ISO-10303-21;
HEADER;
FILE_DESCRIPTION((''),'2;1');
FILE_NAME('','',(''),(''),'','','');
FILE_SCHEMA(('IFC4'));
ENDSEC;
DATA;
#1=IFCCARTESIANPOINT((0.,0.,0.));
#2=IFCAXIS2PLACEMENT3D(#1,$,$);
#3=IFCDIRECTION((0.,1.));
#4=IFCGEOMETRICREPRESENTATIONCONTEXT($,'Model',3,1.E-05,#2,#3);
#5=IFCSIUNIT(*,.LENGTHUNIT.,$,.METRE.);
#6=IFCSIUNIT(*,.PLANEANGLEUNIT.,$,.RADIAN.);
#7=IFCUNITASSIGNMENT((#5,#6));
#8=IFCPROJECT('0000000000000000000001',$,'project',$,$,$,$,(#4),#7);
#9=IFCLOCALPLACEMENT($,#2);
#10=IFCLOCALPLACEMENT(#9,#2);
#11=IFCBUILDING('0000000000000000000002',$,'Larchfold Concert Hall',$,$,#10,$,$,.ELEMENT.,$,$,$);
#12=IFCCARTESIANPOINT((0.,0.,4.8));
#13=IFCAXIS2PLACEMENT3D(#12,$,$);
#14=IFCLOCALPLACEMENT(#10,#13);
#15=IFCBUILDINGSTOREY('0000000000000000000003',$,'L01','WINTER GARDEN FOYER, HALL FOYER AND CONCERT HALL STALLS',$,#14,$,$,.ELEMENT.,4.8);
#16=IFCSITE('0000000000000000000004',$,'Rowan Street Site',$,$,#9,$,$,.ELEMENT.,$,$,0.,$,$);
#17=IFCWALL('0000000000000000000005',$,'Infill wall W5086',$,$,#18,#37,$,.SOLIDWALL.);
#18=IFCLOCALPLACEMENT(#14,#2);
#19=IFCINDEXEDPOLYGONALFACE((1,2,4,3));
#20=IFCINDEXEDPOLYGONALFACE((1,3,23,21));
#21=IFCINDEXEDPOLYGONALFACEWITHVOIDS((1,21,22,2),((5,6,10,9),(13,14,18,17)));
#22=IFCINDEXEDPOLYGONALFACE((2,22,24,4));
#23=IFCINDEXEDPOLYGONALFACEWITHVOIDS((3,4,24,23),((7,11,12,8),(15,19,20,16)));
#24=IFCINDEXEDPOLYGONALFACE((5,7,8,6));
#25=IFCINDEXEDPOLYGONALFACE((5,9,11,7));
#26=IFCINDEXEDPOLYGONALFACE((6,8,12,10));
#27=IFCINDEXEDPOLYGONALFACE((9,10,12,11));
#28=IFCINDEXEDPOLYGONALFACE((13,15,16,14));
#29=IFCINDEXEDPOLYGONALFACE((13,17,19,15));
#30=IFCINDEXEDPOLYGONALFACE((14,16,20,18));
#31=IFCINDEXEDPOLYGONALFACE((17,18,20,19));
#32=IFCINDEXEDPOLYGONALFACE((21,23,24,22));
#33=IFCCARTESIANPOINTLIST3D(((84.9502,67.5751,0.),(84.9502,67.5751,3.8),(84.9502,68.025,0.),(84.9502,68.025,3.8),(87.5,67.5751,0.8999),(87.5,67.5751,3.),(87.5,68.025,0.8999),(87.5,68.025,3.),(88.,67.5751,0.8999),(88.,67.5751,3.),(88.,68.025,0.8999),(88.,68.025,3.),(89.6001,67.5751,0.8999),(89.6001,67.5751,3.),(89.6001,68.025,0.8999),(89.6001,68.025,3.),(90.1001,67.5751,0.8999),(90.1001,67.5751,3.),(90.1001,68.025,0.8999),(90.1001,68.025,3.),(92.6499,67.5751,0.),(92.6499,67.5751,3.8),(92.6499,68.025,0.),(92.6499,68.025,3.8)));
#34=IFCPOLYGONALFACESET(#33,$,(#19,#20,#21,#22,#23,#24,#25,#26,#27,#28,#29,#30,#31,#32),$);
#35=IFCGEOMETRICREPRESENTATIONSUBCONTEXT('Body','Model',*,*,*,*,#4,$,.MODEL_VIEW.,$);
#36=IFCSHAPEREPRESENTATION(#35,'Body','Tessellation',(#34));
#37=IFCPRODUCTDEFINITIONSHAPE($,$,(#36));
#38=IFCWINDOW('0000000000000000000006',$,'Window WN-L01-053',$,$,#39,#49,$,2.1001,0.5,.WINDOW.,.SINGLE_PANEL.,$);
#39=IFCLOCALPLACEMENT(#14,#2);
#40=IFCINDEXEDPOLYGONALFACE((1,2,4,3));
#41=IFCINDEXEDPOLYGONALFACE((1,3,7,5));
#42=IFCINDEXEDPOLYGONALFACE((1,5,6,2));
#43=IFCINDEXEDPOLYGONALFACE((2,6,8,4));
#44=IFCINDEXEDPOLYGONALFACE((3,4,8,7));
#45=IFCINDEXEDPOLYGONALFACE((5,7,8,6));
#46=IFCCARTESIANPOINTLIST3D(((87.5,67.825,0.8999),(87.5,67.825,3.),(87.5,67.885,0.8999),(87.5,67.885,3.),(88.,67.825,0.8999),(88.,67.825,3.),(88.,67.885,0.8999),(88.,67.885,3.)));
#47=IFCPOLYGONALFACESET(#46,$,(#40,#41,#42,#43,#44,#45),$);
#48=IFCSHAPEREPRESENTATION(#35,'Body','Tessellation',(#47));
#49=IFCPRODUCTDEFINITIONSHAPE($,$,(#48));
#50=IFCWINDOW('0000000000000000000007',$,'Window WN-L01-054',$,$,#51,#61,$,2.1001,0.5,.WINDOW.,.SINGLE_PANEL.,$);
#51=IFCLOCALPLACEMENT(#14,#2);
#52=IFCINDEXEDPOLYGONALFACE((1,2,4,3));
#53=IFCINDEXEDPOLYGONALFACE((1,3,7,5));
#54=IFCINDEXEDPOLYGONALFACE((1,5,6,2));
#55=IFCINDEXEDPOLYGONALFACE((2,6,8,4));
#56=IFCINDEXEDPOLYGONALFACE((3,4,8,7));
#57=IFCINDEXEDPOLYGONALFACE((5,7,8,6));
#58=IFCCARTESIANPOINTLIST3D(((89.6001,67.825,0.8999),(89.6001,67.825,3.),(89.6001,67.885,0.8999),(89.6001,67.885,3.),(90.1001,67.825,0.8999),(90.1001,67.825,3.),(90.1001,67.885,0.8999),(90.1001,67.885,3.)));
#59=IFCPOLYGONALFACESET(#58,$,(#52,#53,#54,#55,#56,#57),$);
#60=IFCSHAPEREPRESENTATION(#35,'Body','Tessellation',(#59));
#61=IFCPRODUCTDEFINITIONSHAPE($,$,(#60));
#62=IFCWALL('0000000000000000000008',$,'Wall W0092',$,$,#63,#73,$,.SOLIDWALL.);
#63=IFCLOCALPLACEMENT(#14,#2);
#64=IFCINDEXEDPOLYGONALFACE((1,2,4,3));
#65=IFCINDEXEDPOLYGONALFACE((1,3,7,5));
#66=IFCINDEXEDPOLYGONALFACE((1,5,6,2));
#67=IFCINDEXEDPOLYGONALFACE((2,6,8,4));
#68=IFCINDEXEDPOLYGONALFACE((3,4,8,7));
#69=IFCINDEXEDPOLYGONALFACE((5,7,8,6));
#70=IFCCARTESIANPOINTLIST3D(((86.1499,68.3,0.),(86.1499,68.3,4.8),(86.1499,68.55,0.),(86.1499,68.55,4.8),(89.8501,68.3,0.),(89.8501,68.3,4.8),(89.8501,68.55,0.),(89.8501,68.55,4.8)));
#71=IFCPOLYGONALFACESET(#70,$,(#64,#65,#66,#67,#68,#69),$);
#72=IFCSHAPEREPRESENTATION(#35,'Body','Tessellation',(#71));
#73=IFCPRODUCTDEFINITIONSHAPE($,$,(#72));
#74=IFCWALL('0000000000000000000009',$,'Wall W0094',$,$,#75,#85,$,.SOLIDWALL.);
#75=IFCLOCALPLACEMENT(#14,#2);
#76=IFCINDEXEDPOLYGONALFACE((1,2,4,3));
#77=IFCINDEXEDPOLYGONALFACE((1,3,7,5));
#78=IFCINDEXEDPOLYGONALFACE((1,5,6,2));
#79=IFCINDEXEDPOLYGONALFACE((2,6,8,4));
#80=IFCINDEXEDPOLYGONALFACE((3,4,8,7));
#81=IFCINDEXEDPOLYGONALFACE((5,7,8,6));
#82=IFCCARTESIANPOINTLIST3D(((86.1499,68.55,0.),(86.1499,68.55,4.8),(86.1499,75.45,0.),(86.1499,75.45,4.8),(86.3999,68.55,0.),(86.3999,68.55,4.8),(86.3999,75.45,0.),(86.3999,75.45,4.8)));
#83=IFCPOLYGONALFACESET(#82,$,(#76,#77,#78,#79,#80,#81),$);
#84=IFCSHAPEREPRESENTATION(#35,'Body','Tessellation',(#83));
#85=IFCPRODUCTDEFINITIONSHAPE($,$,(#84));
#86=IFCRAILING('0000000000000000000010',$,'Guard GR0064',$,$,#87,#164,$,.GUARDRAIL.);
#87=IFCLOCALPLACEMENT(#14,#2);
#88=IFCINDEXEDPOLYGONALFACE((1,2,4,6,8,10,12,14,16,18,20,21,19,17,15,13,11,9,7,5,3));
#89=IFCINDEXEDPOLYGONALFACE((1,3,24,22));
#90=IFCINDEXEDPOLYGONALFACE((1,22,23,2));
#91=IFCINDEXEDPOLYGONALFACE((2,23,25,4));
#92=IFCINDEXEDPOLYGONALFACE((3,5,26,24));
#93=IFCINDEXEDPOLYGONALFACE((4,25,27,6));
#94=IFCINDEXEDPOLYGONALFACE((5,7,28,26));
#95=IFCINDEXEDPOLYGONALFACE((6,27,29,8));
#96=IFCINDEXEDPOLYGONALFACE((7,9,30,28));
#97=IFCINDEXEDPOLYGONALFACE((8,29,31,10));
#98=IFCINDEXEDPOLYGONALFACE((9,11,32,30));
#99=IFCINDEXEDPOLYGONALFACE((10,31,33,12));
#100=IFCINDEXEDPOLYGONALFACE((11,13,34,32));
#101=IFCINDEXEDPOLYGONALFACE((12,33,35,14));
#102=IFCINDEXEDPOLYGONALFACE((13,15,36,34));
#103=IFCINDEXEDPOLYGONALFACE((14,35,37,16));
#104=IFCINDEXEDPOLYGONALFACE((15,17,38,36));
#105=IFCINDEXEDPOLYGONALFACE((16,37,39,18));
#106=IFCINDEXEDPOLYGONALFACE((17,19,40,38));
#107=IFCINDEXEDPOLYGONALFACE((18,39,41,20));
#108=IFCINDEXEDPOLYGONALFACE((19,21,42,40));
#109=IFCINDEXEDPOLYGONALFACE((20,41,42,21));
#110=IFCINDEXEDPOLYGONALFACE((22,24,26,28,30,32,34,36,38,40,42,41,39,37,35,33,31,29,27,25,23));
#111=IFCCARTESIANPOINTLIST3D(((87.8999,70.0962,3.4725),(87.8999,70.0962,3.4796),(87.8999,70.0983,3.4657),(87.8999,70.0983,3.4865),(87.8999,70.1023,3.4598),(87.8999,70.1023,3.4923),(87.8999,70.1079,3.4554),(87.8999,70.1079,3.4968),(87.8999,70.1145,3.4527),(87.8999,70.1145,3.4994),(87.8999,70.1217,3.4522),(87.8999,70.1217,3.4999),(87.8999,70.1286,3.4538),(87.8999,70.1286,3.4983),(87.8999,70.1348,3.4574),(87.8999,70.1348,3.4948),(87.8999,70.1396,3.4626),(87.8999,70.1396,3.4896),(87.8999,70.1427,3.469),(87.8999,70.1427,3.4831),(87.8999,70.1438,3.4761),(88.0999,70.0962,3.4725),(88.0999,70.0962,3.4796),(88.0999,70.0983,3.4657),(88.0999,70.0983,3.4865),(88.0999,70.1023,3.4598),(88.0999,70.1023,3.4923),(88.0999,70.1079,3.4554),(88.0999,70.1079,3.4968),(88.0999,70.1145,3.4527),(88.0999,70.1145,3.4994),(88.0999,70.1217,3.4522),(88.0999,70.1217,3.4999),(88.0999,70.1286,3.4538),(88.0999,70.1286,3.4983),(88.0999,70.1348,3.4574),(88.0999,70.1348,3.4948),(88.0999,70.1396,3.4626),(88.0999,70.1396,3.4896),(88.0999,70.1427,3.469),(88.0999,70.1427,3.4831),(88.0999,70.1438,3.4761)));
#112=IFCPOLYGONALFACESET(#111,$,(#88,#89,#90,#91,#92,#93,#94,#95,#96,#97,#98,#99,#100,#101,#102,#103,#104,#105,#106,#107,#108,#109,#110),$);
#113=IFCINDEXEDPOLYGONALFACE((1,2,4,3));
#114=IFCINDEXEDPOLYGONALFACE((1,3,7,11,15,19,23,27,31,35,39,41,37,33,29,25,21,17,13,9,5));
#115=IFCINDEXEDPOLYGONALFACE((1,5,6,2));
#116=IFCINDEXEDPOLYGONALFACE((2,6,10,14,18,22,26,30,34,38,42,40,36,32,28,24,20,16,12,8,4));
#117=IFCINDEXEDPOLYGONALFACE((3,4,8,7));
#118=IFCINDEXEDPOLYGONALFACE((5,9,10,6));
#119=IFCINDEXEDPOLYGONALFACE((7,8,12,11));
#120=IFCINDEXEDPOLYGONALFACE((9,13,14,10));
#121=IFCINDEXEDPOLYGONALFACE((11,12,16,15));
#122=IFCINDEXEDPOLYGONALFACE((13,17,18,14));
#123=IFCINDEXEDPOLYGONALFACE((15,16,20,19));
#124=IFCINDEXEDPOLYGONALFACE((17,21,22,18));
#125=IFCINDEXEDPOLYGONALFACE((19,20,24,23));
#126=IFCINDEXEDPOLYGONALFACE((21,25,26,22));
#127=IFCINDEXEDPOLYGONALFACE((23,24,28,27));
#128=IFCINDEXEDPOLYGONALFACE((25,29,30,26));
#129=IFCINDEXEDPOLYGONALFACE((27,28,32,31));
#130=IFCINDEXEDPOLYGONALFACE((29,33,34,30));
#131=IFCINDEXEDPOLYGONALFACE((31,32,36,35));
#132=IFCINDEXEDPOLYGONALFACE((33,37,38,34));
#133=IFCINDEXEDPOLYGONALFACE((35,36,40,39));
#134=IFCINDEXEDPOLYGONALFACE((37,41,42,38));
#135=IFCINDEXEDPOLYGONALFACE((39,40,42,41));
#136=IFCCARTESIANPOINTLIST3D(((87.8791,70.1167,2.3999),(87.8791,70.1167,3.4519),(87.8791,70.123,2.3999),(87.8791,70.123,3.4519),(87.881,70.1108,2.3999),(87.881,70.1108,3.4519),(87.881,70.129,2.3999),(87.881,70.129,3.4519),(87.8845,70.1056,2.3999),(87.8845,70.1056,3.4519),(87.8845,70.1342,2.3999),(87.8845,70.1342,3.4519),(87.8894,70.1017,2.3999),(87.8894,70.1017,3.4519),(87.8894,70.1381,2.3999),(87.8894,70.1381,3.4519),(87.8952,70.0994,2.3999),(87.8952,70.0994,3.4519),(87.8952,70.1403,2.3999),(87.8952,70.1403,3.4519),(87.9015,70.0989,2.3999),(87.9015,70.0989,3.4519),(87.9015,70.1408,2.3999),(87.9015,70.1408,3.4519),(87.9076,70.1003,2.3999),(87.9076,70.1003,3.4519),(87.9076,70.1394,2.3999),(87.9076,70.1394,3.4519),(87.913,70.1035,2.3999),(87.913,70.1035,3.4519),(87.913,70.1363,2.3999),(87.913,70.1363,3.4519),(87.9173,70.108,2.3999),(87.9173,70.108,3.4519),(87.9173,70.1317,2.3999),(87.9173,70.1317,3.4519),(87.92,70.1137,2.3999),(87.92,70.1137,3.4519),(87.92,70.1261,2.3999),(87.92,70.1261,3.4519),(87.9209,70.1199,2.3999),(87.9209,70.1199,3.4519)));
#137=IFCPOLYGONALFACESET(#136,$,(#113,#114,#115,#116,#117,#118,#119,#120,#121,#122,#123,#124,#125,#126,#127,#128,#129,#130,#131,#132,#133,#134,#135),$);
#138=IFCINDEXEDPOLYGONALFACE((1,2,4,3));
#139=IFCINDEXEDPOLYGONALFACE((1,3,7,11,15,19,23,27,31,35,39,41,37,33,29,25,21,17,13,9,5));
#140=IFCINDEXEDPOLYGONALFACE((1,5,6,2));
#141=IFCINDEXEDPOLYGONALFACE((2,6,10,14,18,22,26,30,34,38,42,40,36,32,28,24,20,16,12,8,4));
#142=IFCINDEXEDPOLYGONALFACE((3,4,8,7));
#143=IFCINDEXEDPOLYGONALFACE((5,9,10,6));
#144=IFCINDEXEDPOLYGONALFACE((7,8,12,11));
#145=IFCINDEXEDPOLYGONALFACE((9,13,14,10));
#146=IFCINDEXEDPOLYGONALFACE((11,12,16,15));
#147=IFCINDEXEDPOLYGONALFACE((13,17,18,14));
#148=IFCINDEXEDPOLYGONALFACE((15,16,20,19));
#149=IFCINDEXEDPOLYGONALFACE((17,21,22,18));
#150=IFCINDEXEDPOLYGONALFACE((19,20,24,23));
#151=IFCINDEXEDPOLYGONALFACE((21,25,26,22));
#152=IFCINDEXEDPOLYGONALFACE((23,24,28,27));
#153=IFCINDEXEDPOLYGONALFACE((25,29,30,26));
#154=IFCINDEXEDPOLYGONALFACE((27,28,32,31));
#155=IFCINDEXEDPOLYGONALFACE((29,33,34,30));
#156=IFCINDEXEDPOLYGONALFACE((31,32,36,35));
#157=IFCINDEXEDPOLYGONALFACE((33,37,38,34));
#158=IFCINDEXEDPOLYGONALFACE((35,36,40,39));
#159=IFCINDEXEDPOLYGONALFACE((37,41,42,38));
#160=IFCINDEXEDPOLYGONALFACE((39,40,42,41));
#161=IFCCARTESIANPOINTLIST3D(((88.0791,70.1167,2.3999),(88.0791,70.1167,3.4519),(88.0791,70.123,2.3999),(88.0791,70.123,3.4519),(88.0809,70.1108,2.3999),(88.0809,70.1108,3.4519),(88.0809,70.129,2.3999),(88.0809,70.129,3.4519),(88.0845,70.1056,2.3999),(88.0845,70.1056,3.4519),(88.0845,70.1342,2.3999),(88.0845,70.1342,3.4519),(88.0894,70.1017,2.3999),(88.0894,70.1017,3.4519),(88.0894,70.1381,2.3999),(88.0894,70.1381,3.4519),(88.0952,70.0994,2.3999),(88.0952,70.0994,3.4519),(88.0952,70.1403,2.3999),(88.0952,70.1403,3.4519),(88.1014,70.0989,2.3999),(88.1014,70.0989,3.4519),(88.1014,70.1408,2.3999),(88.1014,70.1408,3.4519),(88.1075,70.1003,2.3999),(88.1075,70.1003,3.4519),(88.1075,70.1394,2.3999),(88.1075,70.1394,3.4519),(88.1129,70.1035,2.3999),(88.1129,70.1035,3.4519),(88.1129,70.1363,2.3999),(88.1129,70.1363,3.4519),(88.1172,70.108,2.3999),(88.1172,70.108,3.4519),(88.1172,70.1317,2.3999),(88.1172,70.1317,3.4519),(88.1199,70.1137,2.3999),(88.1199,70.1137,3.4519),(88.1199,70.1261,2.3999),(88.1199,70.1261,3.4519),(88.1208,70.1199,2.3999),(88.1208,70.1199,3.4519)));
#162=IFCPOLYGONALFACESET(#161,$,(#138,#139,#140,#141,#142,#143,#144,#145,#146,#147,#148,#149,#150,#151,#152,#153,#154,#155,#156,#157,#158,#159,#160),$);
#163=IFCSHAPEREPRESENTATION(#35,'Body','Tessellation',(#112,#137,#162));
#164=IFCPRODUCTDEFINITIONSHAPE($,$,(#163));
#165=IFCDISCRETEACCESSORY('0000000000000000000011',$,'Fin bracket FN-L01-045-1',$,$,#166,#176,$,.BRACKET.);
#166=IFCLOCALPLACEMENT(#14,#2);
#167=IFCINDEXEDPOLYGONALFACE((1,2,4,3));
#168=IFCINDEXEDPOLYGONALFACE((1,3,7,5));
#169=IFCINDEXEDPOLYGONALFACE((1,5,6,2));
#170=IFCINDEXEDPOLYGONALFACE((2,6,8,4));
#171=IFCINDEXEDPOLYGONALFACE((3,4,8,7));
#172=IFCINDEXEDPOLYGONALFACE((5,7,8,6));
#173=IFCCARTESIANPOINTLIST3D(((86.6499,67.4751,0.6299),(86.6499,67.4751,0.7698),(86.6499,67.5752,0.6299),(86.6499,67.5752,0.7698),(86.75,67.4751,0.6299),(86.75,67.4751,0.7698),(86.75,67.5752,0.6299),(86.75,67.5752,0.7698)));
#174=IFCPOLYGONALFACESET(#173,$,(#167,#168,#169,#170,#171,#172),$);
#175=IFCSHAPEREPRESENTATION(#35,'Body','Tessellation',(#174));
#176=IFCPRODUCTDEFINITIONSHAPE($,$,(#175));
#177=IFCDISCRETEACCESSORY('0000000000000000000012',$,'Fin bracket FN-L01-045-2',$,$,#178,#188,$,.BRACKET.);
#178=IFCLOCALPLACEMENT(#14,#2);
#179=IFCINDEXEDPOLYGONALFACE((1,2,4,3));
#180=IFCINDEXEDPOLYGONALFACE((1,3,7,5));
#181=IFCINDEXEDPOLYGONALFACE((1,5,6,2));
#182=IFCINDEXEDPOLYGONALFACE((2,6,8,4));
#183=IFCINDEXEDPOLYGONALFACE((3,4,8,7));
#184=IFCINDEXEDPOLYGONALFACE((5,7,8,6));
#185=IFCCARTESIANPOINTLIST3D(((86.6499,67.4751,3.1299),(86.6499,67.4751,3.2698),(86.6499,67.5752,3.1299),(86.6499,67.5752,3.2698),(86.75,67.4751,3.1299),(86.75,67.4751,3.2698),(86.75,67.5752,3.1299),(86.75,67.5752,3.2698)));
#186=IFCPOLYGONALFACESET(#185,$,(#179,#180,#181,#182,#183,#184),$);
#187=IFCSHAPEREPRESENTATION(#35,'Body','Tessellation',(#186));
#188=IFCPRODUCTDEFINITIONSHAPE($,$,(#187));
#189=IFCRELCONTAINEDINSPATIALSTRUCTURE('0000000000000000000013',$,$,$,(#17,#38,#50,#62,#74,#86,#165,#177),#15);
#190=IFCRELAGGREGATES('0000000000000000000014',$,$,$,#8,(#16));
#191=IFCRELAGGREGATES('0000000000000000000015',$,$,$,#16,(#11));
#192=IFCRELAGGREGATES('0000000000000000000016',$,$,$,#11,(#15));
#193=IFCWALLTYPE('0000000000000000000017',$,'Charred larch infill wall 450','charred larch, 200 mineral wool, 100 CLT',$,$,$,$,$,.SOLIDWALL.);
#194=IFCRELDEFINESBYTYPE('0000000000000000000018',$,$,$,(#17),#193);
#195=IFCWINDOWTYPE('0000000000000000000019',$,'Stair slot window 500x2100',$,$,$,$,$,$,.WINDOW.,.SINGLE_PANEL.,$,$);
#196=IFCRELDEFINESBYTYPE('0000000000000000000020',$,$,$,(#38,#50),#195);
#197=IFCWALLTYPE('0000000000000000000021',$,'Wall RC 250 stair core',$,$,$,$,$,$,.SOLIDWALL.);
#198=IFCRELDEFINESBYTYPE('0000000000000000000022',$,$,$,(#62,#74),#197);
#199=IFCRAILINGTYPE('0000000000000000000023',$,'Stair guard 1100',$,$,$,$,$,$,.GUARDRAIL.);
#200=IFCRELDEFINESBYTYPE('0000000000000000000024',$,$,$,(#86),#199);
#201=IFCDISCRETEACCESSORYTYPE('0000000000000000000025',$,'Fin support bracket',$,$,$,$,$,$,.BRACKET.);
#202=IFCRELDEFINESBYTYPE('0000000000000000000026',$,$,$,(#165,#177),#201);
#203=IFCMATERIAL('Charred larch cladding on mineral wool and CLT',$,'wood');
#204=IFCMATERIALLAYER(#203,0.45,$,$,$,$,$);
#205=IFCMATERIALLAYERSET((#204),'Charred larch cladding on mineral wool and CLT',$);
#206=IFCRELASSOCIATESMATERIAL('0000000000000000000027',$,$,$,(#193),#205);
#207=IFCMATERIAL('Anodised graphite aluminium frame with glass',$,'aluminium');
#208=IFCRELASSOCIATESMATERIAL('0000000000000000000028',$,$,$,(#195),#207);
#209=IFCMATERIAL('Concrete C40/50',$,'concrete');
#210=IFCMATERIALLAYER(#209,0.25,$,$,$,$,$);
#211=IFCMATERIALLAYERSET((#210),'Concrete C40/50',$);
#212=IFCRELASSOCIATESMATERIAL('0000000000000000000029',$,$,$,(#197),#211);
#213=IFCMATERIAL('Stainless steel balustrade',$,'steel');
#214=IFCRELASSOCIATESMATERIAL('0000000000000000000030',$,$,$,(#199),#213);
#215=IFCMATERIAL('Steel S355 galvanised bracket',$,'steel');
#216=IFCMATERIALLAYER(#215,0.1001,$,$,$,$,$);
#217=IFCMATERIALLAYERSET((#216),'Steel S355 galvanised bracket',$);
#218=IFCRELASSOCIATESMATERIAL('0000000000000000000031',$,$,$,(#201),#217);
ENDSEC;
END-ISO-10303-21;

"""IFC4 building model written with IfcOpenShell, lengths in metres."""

from ifc_helpers import new_model, si_unit, direction, frame, frame_2d, origin, origin_2d, place, context, subcontext, project, spatial, rectangle, circle, extrude, material, layer, layer_set, type_object, element, fill, save


model = new_model("IFC4")

# Units and contexts
model_context = context("Model", 3, precision=1e-05, world=origin(), true_north=direction((0.0, 1.0)))
body_context = subcontext(model_context, "Body", "Model", "MODEL_VIEW")
ifc_project = project(units=[si_unit("LENGTHUNIT", "METRE"), si_unit("PLANEANGLEUNIT", "RADIAN")], contexts=[model_context])

# Site, building, storey
site_placement = place(None, origin())
site = spatial("IfcSite", under=ifc_project, at=site_placement, Name="Rowan Street Site", CompositionType="ELEMENT", RefElevation=0.0)
building_placement = place(site_placement, origin())
building = spatial("IfcBuilding", under=site, at=building_placement, Name="Larchfold Concert Hall", CompositionType="ELEMENT")
storey_placement = place(building_placement, frame((0.0, 0.0, 4.8)))
storey = spatial("IfcBuildingStorey", under=building, at=storey_placement, Name="L01", Description="WINTER GARDEN FOYER, HALL FOYER AND CONCERT HALL STALLS", CompositionType="ELEMENT", Elevation=4.8)

# Wall, openings, windows
ifc_material_1 = material(Name="Charred larch cladding on mineral wool and CLT", Category="wood")
ifc_layer_1 = layer(ifc_material_1, 0.45)
ifc_layer_set_1 = layer_set([ifc_layer_1], Name="Charred larch cladding on mineral wool and CLT")
wall_type_1 = type_object("IfcWallType", Name="Charred larch infill wall 450", Description="charred larch, 200 mineral wool, 100 CLT", PredefinedType="SOLIDWALL", material=ifc_layer_set_1)
wall_1_placement = place(storey_placement, frame((84.9502, 67.8, 0.0), z_axis=(0.0, 0.0, 1.0), x_axis=(1.0, 0.0, 0.0)))
wall_1 = element("IfcWall", 1, at=wall_1_placement, inside=storey, type_object=wall_type_1, Name="Infill wall W5086", PredefinedType="SOLIDWALL", context=body_context, shape_type="SweptSolid", body=[
    extrude(rectangle(XDim=7.6997, YDim=0.45, at=frame_2d((3.8499, 0.0))), origin(), (0.0, 0.0, 1.0), 3.8),
])
opening_1_placement = place(wall_1_placement, frame((2.5498, 0.0, 0.8999)))
opening_1 = element("IfcOpeningElement", 2, at=opening_1_placement, cuts=wall_1, PredefinedType="OPENING", context=body_context, shape_type="SweptSolid", body=[
    extrude(rectangle(XDim=0.5, YDim=2.1001, at=frame_2d((0.25, 1.05))), frame((0.0, 0.2349, 0.0), z_axis=(0.0, -1.0, 0.0), x_axis=(1.0, 0.0, 0.0)), (0.0, 0.0, 1.0), 0.47),
])
opening_2_placement = place(wall_1_placement, frame((4.6499, 0.0, 0.8999)))
opening_2 = element("IfcOpeningElement", 3, at=opening_2_placement, cuts=wall_1, PredefinedType="OPENING", context=body_context, shape_type="SweptSolid", body=[
    extrude(rectangle(XDim=0.5, YDim=2.1001, at=frame_2d((0.25, 1.05))), frame((0.0, 0.2349, 0.0), z_axis=(0.0, -1.0, 0.0), x_axis=(1.0, 0.0, 0.0)), (0.0, 0.0, 1.0), 0.47),
])
ifc_material_2 = material(Name="Anodised graphite aluminium frame with glass", Category="aluminium")
window_type_1 = type_object("IfcWindowType", Name="Stair slot window 500x2100", PartitioningType="SINGLE_PANEL", PredefinedType="WINDOW", material=ifc_material_2)
window_1_placement = place(opening_1_placement, origin())
window_1 = element("IfcWindow", 4, at=window_1_placement, inside=storey, type_object=window_type_1, Name="Window WN-L01-053", OverallHeight=2.1001, OverallWidth=0.5, PartitioningType="SINGLE_PANEL", PredefinedType="WINDOW", context=body_context, shape_type="SweptSolid", body=[
    extrude(rectangle(XDim=0.5, YDim=2.1001, at=frame_2d((0.25, 1.05))), frame((0.0, 0.085, 0.0), z_axis=(0.0, -1.0, 0.0), x_axis=(1.0, 0.0, 0.0)), (0.0, 0.0, 1.0), 0.0601),
])
fill(opening_1, window_1)
window_2_placement = place(opening_2_placement, origin())
window_2 = element("IfcWindow", 5, at=window_2_placement, inside=storey, type_object=window_type_1, Name="Window WN-L01-054", OverallHeight=2.1001, OverallWidth=0.5, PartitioningType="SINGLE_PANEL", PredefinedType="WINDOW", context=body_context, shape_type="SweptSolid", body=[
    extrude(rectangle(XDim=0.5, YDim=2.1001, at=frame_2d((0.25, 1.05))), frame((0.0, 0.085, 0.0), z_axis=(0.0, -1.0, 0.0), x_axis=(1.0, 0.0, 0.0)), (0.0, 0.0, 1.0), 0.0601),
])
fill(opening_2, window_2)

# Walls
ifc_material_3 = material(Name="Concrete C40/50", Category="concrete")
ifc_layer_2 = layer(ifc_material_3, 0.25)
ifc_layer_set_2 = layer_set([ifc_layer_2], Name="Concrete C40/50")
wall_type_2 = type_object("IfcWallType", Name="Wall RC 250 stair core", PredefinedType="SOLIDWALL", material=ifc_layer_set_2)
wall_2_placement = place(storey_placement, frame((86.1499, 68.425, 0.0), z_axis=(0.0, 0.0, 1.0), x_axis=(1.0, 0.0, 0.0)))
element("IfcWall", 6, at=wall_2_placement, inside=storey, type_object=wall_type_2, Name="Wall W0092", PredefinedType="SOLIDWALL", context=body_context, shape_type="SweptSolid", body=[
    extrude(rectangle(XDim=3.7002, YDim=0.25, at=frame_2d((1.8501, 0.0))), origin(), (0.0, 0.0, 1.0), 4.8),
])
wall_3_placement = place(storey_placement, frame((86.2749, 68.55, 0.0), z_axis=(0.0, 0.0, 1.0), x_axis=(0.0, 1.0, 0.0)))
element("IfcWall", 7, at=wall_3_placement, inside=storey, type_object=wall_type_2, Name="Wall W0094", PredefinedType="SOLIDWALL", context=body_context, shape_type="SweptSolid", body=[
    extrude(rectangle(XDim=6.8999, YDim=0.25, at=frame_2d((3.45, 0.0))), origin(), (0.0, 0.0, 1.0), 4.8),
])

# Railing
ifc_material_4 = material(Name="Stainless steel balustrade", Category="steel")
railing_type_1 = type_object("IfcRailingType", Name="Stair guard 1100", PredefinedType="GUARDRAIL", material=ifc_material_4)
railing_1_placement = place(storey_placement, frame((87.8999, 70.1199, 2.3999)))
element("IfcRailing", 8, at=railing_1_placement, inside=storey, type_object=railing_type_1, Name="Guard GR0064", PredefinedType="GUARDRAIL", context=body_context, shape_type="SweptSolid", body=[
    extrude(circle(Radius=0.0239, at=origin_2d()), frame((0.0, 0.0, 1.0762), z_axis=(1.0, 0.0, 0.0), x_axis=(0.0, 1.0, 0.0)), (0.0, 0.0, 1.0), 0.2),
    extrude(circle(Radius=0.021, at=origin_2d()), origin(), (0.0, 0.0, 1.0), 1.052),
    extrude(circle(Radius=0.021, at=origin_2d()), frame((0.2, 0.0, 0.0)), (0.0, 0.0, 1.0), 1.052),
])

# Discrete accessories
ifc_material_5 = material(Name="Steel S355 galvanised bracket", Category="steel")
ifc_layer_3 = layer(ifc_material_5, 0.1001)
ifc_layer_set_3 = layer_set([ifc_layer_3], Name="Steel S355 galvanised bracket")
discrete_accessory_type = type_object("IfcDiscreteAccessoryType", Name="Fin support bracket", PredefinedType="BRACKET", material=ifc_layer_set_3)
for number, where, z_axis, x_axis, name in (
    (9, (86.7, 67.5251, 0.6299), (0.0, 0.0, 1.0), (0.0, -1.0, 0.0), "Fin bracket FN-L01-045-1"),
    (10, (86.7, 67.5251, 3.1299), (0.0, 0.0, 1.0), (0.0, -1.0, 0.0), "Fin bracket FN-L01-045-2"),
):
    element("IfcDiscreteAccessory", number, at=place(storey_placement, frame(where, z_axis=z_axis, x_axis=x_axis)), inside=storey, type_object=discrete_accessory_type, Name=name, PredefinedType="BRACKET", context=body_context, shape_type="SweptSolid", body=[
        extrude(rectangle(XDim=0.1001, YDim=0.1001, at=origin_2d()), origin(), (0.0, 0.0, 1.0), 0.1399),
    ])

save(model, "model.ifc")
